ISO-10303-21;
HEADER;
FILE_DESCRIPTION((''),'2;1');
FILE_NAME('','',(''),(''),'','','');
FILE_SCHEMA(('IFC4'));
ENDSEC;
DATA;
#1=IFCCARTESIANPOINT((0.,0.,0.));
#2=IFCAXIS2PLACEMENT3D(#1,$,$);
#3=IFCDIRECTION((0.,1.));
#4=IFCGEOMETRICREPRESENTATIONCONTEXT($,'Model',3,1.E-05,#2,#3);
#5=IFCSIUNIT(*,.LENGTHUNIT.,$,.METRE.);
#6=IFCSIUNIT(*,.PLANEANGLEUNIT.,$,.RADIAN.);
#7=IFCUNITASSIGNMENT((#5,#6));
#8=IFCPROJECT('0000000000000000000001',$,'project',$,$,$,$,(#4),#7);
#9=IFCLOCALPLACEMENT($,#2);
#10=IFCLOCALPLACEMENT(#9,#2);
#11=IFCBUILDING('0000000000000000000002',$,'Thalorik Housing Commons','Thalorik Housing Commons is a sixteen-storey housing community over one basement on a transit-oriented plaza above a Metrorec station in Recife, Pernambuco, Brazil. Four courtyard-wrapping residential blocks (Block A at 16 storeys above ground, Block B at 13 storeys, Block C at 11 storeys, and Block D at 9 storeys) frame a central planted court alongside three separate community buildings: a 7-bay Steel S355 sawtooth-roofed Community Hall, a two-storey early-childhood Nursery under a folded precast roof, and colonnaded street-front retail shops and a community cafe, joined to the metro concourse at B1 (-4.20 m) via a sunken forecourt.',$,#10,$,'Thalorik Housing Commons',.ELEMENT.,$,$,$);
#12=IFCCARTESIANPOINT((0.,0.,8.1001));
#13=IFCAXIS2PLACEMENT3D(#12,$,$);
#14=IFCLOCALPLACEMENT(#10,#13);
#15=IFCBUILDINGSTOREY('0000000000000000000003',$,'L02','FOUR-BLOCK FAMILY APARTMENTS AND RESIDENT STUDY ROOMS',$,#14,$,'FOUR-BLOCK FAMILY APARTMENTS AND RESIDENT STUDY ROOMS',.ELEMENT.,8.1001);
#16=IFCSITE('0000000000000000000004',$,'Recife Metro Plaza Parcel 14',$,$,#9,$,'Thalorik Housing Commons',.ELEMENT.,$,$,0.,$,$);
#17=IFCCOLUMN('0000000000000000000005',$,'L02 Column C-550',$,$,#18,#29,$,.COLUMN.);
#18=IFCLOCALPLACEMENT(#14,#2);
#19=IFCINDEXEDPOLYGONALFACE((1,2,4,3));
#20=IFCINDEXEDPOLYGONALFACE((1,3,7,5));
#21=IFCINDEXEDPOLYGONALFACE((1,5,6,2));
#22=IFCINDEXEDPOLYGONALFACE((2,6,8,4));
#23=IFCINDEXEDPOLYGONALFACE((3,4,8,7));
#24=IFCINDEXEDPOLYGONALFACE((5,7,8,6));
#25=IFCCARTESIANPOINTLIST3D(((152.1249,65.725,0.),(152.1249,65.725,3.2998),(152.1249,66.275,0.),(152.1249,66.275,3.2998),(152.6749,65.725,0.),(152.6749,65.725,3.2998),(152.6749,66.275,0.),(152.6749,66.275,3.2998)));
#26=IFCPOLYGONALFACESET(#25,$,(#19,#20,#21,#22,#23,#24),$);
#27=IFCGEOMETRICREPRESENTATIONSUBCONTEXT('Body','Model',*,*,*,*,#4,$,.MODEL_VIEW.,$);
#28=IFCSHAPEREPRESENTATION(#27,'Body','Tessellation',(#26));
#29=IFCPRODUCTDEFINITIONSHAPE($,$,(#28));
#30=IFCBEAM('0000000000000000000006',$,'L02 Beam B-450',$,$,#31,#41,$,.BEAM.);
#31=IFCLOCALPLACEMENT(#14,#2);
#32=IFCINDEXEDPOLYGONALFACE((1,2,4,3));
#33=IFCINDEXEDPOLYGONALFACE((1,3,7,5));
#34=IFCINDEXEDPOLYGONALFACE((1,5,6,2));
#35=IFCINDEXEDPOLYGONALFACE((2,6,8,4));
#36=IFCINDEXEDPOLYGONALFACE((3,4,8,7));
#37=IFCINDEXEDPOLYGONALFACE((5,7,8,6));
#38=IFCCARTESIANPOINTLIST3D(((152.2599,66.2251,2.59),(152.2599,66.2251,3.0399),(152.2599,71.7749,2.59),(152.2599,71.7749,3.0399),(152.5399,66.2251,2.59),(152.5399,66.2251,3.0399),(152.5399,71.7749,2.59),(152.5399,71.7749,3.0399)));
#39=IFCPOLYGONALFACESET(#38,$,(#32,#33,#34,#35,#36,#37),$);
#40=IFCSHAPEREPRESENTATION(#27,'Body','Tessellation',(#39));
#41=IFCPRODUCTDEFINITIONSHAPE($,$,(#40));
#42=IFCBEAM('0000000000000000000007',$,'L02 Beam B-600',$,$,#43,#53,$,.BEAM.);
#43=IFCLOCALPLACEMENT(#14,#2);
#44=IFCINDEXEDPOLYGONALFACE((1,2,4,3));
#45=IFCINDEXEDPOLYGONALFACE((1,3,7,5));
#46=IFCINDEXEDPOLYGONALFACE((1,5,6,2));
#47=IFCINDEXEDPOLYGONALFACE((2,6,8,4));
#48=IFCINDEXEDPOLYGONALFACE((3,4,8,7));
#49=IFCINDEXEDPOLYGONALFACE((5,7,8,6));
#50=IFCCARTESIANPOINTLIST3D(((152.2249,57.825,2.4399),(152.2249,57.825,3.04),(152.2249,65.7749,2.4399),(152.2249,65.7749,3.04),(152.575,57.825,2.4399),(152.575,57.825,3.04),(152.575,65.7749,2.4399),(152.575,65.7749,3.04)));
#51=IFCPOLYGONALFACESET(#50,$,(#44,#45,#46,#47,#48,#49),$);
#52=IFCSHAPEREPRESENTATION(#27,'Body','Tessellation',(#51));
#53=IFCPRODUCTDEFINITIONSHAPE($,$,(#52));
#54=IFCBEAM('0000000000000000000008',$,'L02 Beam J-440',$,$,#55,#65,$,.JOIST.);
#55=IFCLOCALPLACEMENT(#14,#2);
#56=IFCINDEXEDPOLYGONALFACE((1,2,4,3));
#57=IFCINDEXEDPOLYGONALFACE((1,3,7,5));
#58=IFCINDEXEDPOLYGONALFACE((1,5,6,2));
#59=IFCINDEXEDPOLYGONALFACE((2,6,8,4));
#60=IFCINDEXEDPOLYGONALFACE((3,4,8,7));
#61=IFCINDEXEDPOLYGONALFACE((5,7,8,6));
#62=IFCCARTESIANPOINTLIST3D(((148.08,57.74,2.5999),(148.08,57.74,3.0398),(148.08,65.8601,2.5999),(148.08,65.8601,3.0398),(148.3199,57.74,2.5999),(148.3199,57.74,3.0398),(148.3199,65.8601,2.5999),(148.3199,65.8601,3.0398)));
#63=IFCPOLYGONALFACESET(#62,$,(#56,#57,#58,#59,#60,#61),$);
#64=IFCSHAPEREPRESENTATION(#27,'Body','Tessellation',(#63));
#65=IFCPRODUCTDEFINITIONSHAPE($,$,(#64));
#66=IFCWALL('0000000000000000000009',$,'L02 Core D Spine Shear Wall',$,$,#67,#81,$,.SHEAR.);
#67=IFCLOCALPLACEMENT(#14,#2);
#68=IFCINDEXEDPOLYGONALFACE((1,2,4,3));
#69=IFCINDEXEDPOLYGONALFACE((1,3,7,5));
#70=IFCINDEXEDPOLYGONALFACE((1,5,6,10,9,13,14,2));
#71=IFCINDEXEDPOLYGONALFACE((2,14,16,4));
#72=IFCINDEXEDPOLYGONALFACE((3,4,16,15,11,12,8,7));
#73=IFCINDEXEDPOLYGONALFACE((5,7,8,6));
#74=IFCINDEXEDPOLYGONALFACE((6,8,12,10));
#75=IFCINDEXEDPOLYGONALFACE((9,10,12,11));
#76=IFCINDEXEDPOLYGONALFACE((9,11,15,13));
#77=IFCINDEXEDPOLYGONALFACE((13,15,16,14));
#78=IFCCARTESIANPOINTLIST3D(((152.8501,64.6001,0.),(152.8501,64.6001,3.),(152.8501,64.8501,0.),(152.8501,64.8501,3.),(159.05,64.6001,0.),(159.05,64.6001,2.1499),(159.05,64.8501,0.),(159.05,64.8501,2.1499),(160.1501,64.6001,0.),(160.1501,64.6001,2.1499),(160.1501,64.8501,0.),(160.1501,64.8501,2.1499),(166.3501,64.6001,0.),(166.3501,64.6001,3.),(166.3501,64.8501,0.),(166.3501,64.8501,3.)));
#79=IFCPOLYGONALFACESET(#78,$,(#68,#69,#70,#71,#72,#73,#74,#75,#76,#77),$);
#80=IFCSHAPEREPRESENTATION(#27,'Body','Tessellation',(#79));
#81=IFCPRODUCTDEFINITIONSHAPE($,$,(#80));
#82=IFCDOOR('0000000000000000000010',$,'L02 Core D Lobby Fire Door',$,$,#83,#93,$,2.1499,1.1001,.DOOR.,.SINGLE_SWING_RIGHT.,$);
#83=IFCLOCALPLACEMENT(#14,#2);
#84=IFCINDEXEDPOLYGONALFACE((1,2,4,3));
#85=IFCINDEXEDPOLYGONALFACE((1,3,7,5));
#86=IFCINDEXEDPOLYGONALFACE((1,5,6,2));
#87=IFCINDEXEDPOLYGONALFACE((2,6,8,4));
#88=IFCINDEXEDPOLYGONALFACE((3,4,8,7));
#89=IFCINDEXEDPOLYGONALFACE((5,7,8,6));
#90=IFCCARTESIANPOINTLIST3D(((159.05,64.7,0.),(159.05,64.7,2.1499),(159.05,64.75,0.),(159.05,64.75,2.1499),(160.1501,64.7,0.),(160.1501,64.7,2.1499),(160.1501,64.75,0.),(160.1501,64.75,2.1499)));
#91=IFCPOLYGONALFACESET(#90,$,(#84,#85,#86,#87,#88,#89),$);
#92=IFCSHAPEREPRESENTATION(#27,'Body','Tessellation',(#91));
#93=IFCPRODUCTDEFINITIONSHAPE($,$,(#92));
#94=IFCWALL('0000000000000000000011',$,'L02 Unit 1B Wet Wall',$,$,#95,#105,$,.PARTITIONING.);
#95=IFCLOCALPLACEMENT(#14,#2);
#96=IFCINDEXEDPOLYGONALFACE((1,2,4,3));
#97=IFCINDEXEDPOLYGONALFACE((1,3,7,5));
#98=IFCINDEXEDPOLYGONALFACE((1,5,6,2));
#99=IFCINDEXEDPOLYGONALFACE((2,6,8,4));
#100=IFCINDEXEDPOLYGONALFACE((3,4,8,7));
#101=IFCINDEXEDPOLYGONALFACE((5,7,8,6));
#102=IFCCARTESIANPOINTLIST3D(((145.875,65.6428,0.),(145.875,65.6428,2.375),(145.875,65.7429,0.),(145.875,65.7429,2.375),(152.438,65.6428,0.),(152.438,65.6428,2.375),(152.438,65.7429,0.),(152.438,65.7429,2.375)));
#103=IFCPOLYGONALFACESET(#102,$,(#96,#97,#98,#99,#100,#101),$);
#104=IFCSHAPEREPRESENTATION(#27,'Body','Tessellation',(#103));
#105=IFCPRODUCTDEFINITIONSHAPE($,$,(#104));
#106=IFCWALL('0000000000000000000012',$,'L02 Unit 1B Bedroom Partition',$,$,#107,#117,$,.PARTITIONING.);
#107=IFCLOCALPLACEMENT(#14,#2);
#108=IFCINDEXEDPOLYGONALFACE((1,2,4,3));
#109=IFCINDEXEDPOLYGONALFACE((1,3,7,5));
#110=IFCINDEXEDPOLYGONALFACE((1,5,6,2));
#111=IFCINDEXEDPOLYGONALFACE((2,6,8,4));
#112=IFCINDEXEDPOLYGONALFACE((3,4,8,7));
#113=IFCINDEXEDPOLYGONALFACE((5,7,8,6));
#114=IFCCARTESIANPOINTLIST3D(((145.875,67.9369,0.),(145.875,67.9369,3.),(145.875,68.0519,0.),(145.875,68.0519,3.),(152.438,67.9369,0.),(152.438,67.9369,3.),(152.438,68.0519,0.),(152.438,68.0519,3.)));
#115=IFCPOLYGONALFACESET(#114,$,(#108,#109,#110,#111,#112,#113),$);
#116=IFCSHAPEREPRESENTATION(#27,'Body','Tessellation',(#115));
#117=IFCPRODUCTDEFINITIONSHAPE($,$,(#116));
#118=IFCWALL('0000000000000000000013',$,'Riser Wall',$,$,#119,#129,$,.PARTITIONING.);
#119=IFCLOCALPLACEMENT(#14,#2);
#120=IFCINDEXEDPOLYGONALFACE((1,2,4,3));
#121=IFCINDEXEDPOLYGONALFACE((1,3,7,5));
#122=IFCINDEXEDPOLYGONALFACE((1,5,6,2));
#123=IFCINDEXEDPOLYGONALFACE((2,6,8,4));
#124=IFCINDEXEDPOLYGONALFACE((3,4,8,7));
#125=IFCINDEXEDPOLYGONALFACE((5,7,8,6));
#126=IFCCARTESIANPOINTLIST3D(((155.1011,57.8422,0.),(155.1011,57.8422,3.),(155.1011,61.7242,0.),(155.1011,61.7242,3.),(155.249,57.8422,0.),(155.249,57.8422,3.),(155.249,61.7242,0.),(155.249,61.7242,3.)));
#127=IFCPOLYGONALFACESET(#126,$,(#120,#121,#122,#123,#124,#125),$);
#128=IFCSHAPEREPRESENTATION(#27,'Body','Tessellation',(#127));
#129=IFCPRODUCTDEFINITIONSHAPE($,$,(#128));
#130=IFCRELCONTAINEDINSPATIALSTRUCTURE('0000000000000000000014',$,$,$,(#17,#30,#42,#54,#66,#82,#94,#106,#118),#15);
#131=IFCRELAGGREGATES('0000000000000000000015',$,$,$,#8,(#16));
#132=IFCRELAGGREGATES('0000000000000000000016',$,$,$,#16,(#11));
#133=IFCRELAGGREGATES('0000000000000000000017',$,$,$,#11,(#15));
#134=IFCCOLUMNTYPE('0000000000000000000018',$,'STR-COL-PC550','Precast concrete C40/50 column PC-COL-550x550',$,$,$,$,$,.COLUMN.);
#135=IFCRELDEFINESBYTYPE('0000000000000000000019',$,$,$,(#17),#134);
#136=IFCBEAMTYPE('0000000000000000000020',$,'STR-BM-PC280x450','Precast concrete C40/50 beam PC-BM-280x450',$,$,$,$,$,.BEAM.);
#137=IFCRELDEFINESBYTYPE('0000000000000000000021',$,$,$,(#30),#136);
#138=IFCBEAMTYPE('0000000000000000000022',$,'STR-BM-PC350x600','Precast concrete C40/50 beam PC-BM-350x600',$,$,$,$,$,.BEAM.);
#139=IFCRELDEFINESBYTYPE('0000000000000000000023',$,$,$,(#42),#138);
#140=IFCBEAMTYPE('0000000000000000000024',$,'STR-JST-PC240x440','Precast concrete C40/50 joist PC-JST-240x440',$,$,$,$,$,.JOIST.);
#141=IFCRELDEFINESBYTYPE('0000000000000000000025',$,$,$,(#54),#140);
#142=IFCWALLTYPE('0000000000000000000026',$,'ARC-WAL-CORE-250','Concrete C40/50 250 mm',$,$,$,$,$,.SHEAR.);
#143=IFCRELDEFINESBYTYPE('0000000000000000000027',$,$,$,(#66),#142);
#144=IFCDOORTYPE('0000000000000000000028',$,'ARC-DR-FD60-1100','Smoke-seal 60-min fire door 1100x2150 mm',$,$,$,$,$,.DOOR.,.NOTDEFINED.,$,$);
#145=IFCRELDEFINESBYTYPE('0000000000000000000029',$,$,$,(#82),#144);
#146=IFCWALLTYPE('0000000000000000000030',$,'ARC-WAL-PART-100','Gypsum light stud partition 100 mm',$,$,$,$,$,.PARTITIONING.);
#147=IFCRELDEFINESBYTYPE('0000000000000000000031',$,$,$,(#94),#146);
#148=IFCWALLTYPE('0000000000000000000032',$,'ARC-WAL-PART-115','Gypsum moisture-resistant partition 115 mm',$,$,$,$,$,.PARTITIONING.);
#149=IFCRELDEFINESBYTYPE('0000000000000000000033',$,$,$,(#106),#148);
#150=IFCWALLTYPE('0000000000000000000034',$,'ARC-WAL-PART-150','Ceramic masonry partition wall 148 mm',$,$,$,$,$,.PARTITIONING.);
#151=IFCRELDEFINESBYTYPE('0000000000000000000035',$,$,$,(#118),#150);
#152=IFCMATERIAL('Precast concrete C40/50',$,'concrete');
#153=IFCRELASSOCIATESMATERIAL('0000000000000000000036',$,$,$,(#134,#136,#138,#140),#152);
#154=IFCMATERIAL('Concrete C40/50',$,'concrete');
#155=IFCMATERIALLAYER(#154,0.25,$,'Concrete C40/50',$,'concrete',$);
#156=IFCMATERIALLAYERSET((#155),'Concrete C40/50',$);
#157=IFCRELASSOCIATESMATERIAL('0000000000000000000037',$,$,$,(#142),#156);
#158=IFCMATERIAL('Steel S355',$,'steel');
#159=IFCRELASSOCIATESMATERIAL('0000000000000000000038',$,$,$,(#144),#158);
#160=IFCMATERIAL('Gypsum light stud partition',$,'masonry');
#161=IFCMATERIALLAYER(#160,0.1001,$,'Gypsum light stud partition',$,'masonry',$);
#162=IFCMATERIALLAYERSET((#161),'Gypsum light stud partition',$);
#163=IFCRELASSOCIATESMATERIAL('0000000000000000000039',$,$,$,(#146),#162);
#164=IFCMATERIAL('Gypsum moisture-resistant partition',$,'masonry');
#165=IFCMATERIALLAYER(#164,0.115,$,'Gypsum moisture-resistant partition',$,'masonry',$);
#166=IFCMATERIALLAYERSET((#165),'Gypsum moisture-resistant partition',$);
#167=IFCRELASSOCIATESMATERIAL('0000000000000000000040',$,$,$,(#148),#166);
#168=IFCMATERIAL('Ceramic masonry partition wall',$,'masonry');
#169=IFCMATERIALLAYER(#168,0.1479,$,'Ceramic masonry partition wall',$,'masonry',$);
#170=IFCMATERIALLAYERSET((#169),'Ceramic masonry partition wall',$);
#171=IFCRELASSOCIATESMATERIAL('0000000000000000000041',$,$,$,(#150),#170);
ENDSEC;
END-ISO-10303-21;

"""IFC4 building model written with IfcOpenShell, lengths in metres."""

from ifc_helpers import new_model, si_unit, direction, frame, frame_2d, origin, origin_2d, place, context, subcontext, project, spatial, rectangle, extrude, material, layer, layer_set, material_profile, profile_set, type_object, element, fill, save


model = new_model("IFC4")

# Units and contexts
model_context = context("Model", 3, precision=1e-05, world=origin(), true_north=direction((0.0, 1.0)))
body_context = subcontext(model_context, "Body", "Model", "MODEL_VIEW")
ifc_project = project(units=[si_unit("LENGTHUNIT", "METRE"), si_unit("PLANEANGLEUNIT", "RADIAN")], contexts=[model_context])

# Site, building, storey
site_placement = place(None, origin())
site = spatial("IfcSite", under=ifc_project, at=site_placement, Name="Recife Metro Plaza Parcel 14", LongName="Thalorik Housing Commons", CompositionType="ELEMENT", RefElevation=0.0)
building_placement = place(site_placement, origin())
building = spatial("IfcBuilding", under=site, at=building_placement, Name="Thalorik Housing Commons", Description="Thalorik Housing Commons is a sixteen-storey housing community over one basement on a transit-oriented plaza above a Metrorec station in Recife, Pernambuco, Brazil. Four courtyard-wrapping residential blocks (Block A at 16 storeys above ground, Block B at 13 storeys, Block C at 11 storeys, and Block D at 9 storeys) frame a central planted court alongside three separate community buildings: a 7-bay Steel S355 sawtooth-roofed Community Hall, a two-storey early-childhood Nursery under a folded precast roof, and colonnaded street-front retail shops and a community cafe, joined to the metro concourse at B1 (-4.20 m) via a sunken forecourt.", LongName="Thalorik Housing Commons", CompositionType="ELEMENT")
storey_placement = place(building_placement, frame((0.0, 0.0, 8.1001)))
storey = spatial("IfcBuildingStorey", under=building, at=storey_placement, Name="L02", Description="FOUR-BLOCK FAMILY APARTMENTS AND RESIDENT STUDY ROOMS", LongName="FOUR-BLOCK FAMILY APARTMENTS AND RESIDENT STUDY ROOMS", CompositionType="ELEMENT", Elevation=8.1001)

# Column
ifc_material_1 = material(Name="Precast concrete C40/50", Category="concrete")
ifc_material_profile_1 = material_profile(ifc_material_1, rectangle(XDim=0.55, YDim=0.55, at=origin_2d()), Name="PC 550x550", Category="concrete")
ifc_profile_set_1 = profile_set([ifc_material_profile_1], Name="Precast concrete C40/50")
column_type = type_object("IfcColumnType", Name="STR-COL-PC550", Description="Precast concrete C40/50 column PC-COL-550x550", PredefinedType="COLUMN", material=ifc_profile_set_1)
column_placement = place(storey_placement, frame((152.3999, 66.0, 0.0), z_axis=(0.0, 0.0, 1.0), x_axis=(1.0, 0.0, 0.0)))
element("IfcColumn", 1, at=column_placement, inside=storey, type_object=column_type, Name="L02 Column C-550", PredefinedType="COLUMN", context=body_context, shape_type="SweptSolid", body=[
    extrude(rectangle(XDim=0.55, YDim=0.55, at=origin_2d()), origin(), (0.0, 0.0, 1.0), 3.2998),
])

# Beams
ifc_material_profile_2 = material_profile(ifc_material_1, rectangle(XDim=0.28, YDim=0.45, at=origin_2d()), Name="PC 280x450", Category="concrete")
ifc_profile_set_2 = profile_set([ifc_material_profile_2], Name="Precast concrete C40/50")
beam_type_1 = type_object("IfcBeamType", Name="STR-BM-PC280x450", Description="Precast concrete C40/50 beam PC-BM-280x450", PredefinedType="BEAM", material=ifc_profile_set_2)
beam_1_placement = place(storey_placement, frame((152.3999, 66.2251, 2.8149), z_axis=(0.0, 1.0, 0.0), x_axis=(-1.0, 0.0, 0.0)))
element("IfcBeam", 2, at=beam_1_placement, inside=storey, type_object=beam_type_1, Name="L02 Beam B-450", PredefinedType="BEAM", context=body_context, shape_type="SweptSolid", body=[
    extrude(rectangle(XDim=0.28, YDim=0.45, at=origin_2d()), origin(), (0.0, 0.0, 1.0), 5.5498),
])
ifc_material_profile_3 = material_profile(ifc_material_1, rectangle(XDim=0.3501, YDim=0.6001, at=origin_2d()), Name="PC 350x600", Category="concrete")
ifc_profile_set_3 = profile_set([ifc_material_profile_3], Name="Precast concrete C40/50")
beam_type_2 = type_object("IfcBeamType", Name="STR-BM-PC350x600", Description="Precast concrete C40/50 beam PC-BM-350x600", PredefinedType="BEAM", material=ifc_profile_set_3)
beam_2_placement = place(storey_placement, frame((152.3999, 57.825, 2.74), z_axis=(0.0, 1.0, 0.0), x_axis=(-1.0, 0.0, 0.0)))
element("IfcBeam", 3, at=beam_2_placement, inside=storey, type_object=beam_type_2, Name="L02 Beam B-600", PredefinedType="BEAM", context=body_context, shape_type="SweptSolid", body=[
    extrude(rectangle(XDim=0.3501, YDim=0.6001, at=origin_2d()), origin(), (0.0, 0.0, 1.0), 7.95),
])
ifc_material_profile_4 = material_profile(ifc_material_1, rectangle(XDim=0.24, YDim=0.4399, at=origin_2d()), Name="PC JST 240x440", Category="concrete")
ifc_profile_set_4 = profile_set([ifc_material_profile_4], Name="Precast concrete C40/50")
beam_type_3 = type_object("IfcBeamType", Name="STR-JST-PC240x440", Description="Precast concrete C40/50 joist PC-JST-240x440", PredefinedType="JOIST", material=ifc_profile_set_4)
beam_3_placement = place(storey_placement, frame((148.2, 57.74, 2.8198), z_axis=(0.0, 1.0, 0.0), x_axis=(-1.0, 0.0, 0.0)))
element("IfcBeam", 4, at=beam_3_placement, inside=storey, type_object=beam_type_3, Name="L02 Beam J-440", PredefinedType="JOIST", context=body_context, shape_type="SweptSolid", body=[
    extrude(rectangle(XDim=0.24, YDim=0.4399, at=origin_2d()), origin(), (0.0, 0.0, 1.0), 8.1201),
])

# Wall, opening, door
ifc_material_2 = material(Name="Concrete C40/50", Category="concrete")
ifc_layer_1 = layer(ifc_material_2, 0.25, Name="Concrete C40/50", Category="concrete")
ifc_layer_set_1 = layer_set([ifc_layer_1], Name="Concrete C40/50")
wall_type_1 = type_object("IfcWallType", Name="ARC-WAL-CORE-250", Description="Concrete C40/50 250 mm", PredefinedType="SHEAR", material=ifc_layer_set_1)
wall_1_placement = place(storey_placement, frame((152.8501, 64.7251, 0.0), z_axis=(0.0, 0.0, 1.0), x_axis=(1.0, 0.0, 0.0)))
wall_1 = element("IfcWall", 5, at=wall_1_placement, inside=storey, type_object=wall_type_1, Name="L02 Core D Spine Shear Wall", PredefinedType="SHEAR", context=body_context, shape_type="SweptSolid", body=[
    extrude(rectangle(XDim=13.5, YDim=0.25, at=frame_2d((6.75, 0.0))), origin(), (0.0, 0.0, 1.0), 3.0),
])
opening_1_placement = place(wall_1_placement, frame((6.2, 0.0, 0.0)))
opening_1 = element("IfcOpeningElement", 6, at=opening_1_placement, cuts=wall_1, PredefinedType="OPENING", context=body_context, shape_type="SweptSolid", body=[
    extrude(rectangle(XDim=1.1001, YDim=2.1499, at=frame_2d((0.55, 1.075))), frame((0.0, 0.135, 0.0), z_axis=(0.0, -1.0, 0.0), x_axis=(1.0, 0.0, 0.0)), (0.0, 0.0, 1.0), 0.27),
])
ifc_material_3 = material(Name="Steel S355", Category="steel")
door_type_1 = type_object("IfcDoorType", Name="ARC-DR-FD60-1100", Description="Smoke-seal 60-min fire door 1100x2150 mm", OperationType="NOTDEFINED", PredefinedType="DOOR", material=ifc_material_3)
door_1_placement = place(opening_1_placement, origin())
door_1 = element("IfcDoor", 7, at=door_1_placement, inside=storey, type_object=door_type_1, Name="L02 Core D Lobby Fire Door", OperationType="SINGLE_SWING_RIGHT", OverallHeight=2.1499, OverallWidth=1.1001, PredefinedType="DOOR", context=body_context, shape_type="SweptSolid", body=[
    extrude(rectangle(XDim=1.1001, YDim=2.1499, at=frame_2d((0.55, 1.075))), frame((0.0, 0.0249, 0.0), z_axis=(0.0, -1.0, 0.0), x_axis=(1.0, 0.0, 0.0)), (0.0, 0.0, 1.0), 0.05),
])
fill(opening_1, door_1)

# Walls
ifc_material_4 = material(Name="Gypsum light stud partition", Category="masonry")
ifc_layer_2 = layer(ifc_material_4, 0.1001, Name="Gypsum light stud partition", Category="masonry")
ifc_layer_set_2 = layer_set([ifc_layer_2], Name="Gypsum light stud partition")
wall_type_2 = type_object("IfcWallType", Name="ARC-WAL-PART-100", Description="Gypsum light stud partition 100 mm", PredefinedType="PARTITIONING", material=ifc_layer_set_2)
wall_2_placement = place(storey_placement, frame((145.875, 65.6929, 0.0), z_axis=(0.0, 0.0, 1.0), x_axis=(1.0, 0.0, 0.0)))
element("IfcWall", 8, at=wall_2_placement, inside=storey, type_object=wall_type_2, Name="L02 Unit 1B Wet Wall", PredefinedType="PARTITIONING", context=body_context, shape_type="SweptSolid", body=[
    extrude(rectangle(XDim=6.563, YDim=0.1001, at=frame_2d((3.2815, 0.0))), origin(), (0.0, 0.0, 1.0), 2.375),
])
ifc_material_5 = material(Name="Gypsum moisture-resistant partition", Category="masonry")
ifc_layer_3 = layer(ifc_material_5, 0.115, Name="Gypsum moisture-resistant partition", Category="masonry")
ifc_layer_set_3 = layer_set([ifc_layer_3], Name="Gypsum moisture-resistant partition")
wall_type_3 = type_object("IfcWallType", Name="ARC-WAL-PART-115", Description="Gypsum moisture-resistant partition 115 mm", PredefinedType="PARTITIONING", material=ifc_layer_set_3)
wall_3_placement = place(storey_placement, frame((145.875, 67.9944, 0.0), z_axis=(0.0, 0.0, 1.0), x_axis=(1.0, 0.0, 0.0)))
element("IfcWall", 9, at=wall_3_placement, inside=storey, type_object=wall_type_3, Name="L02 Unit 1B Bedroom Partition", PredefinedType="PARTITIONING", context=body_context, shape_type="SweptSolid", body=[
    extrude(rectangle(XDim=6.563, YDim=0.115, at=frame_2d((3.2815, 0.0))), origin(), (0.0, 0.0, 1.0), 3.0),
])
ifc_material_6 = material(Name="Ceramic masonry partition wall", Category="masonry")
ifc_layer_4 = layer(ifc_material_6, 0.1479, Name="Ceramic masonry partition wall", Category="masonry")
ifc_layer_set_4 = layer_set([ifc_layer_4], Name="Ceramic masonry partition wall")
wall_type_4 = type_object("IfcWallType", Name="ARC-WAL-PART-150", Description="Ceramic masonry partition wall 148 mm", PredefinedType="PARTITIONING", material=ifc_layer_set_4)
wall_4_placement = place(storey_placement, frame((155.175, 61.7241, 0.0), z_axis=(0.0, 0.0, 1.0), x_axis=(0.0, -1.0, 0.0)))
element("IfcWall", 10, at=wall_4_placement, inside=storey, type_object=wall_type_4, Name="Riser Wall", PredefinedType="PARTITIONING", context=body_context, shape_type="SweptSolid", body=[
    extrude(rectangle(XDim=3.8821, YDim=0.1479, at=frame_2d((1.9409, 0.0))), origin(), (0.0, 0.0, 1.0), 3.0),
])

save(model, "model.ifc")
